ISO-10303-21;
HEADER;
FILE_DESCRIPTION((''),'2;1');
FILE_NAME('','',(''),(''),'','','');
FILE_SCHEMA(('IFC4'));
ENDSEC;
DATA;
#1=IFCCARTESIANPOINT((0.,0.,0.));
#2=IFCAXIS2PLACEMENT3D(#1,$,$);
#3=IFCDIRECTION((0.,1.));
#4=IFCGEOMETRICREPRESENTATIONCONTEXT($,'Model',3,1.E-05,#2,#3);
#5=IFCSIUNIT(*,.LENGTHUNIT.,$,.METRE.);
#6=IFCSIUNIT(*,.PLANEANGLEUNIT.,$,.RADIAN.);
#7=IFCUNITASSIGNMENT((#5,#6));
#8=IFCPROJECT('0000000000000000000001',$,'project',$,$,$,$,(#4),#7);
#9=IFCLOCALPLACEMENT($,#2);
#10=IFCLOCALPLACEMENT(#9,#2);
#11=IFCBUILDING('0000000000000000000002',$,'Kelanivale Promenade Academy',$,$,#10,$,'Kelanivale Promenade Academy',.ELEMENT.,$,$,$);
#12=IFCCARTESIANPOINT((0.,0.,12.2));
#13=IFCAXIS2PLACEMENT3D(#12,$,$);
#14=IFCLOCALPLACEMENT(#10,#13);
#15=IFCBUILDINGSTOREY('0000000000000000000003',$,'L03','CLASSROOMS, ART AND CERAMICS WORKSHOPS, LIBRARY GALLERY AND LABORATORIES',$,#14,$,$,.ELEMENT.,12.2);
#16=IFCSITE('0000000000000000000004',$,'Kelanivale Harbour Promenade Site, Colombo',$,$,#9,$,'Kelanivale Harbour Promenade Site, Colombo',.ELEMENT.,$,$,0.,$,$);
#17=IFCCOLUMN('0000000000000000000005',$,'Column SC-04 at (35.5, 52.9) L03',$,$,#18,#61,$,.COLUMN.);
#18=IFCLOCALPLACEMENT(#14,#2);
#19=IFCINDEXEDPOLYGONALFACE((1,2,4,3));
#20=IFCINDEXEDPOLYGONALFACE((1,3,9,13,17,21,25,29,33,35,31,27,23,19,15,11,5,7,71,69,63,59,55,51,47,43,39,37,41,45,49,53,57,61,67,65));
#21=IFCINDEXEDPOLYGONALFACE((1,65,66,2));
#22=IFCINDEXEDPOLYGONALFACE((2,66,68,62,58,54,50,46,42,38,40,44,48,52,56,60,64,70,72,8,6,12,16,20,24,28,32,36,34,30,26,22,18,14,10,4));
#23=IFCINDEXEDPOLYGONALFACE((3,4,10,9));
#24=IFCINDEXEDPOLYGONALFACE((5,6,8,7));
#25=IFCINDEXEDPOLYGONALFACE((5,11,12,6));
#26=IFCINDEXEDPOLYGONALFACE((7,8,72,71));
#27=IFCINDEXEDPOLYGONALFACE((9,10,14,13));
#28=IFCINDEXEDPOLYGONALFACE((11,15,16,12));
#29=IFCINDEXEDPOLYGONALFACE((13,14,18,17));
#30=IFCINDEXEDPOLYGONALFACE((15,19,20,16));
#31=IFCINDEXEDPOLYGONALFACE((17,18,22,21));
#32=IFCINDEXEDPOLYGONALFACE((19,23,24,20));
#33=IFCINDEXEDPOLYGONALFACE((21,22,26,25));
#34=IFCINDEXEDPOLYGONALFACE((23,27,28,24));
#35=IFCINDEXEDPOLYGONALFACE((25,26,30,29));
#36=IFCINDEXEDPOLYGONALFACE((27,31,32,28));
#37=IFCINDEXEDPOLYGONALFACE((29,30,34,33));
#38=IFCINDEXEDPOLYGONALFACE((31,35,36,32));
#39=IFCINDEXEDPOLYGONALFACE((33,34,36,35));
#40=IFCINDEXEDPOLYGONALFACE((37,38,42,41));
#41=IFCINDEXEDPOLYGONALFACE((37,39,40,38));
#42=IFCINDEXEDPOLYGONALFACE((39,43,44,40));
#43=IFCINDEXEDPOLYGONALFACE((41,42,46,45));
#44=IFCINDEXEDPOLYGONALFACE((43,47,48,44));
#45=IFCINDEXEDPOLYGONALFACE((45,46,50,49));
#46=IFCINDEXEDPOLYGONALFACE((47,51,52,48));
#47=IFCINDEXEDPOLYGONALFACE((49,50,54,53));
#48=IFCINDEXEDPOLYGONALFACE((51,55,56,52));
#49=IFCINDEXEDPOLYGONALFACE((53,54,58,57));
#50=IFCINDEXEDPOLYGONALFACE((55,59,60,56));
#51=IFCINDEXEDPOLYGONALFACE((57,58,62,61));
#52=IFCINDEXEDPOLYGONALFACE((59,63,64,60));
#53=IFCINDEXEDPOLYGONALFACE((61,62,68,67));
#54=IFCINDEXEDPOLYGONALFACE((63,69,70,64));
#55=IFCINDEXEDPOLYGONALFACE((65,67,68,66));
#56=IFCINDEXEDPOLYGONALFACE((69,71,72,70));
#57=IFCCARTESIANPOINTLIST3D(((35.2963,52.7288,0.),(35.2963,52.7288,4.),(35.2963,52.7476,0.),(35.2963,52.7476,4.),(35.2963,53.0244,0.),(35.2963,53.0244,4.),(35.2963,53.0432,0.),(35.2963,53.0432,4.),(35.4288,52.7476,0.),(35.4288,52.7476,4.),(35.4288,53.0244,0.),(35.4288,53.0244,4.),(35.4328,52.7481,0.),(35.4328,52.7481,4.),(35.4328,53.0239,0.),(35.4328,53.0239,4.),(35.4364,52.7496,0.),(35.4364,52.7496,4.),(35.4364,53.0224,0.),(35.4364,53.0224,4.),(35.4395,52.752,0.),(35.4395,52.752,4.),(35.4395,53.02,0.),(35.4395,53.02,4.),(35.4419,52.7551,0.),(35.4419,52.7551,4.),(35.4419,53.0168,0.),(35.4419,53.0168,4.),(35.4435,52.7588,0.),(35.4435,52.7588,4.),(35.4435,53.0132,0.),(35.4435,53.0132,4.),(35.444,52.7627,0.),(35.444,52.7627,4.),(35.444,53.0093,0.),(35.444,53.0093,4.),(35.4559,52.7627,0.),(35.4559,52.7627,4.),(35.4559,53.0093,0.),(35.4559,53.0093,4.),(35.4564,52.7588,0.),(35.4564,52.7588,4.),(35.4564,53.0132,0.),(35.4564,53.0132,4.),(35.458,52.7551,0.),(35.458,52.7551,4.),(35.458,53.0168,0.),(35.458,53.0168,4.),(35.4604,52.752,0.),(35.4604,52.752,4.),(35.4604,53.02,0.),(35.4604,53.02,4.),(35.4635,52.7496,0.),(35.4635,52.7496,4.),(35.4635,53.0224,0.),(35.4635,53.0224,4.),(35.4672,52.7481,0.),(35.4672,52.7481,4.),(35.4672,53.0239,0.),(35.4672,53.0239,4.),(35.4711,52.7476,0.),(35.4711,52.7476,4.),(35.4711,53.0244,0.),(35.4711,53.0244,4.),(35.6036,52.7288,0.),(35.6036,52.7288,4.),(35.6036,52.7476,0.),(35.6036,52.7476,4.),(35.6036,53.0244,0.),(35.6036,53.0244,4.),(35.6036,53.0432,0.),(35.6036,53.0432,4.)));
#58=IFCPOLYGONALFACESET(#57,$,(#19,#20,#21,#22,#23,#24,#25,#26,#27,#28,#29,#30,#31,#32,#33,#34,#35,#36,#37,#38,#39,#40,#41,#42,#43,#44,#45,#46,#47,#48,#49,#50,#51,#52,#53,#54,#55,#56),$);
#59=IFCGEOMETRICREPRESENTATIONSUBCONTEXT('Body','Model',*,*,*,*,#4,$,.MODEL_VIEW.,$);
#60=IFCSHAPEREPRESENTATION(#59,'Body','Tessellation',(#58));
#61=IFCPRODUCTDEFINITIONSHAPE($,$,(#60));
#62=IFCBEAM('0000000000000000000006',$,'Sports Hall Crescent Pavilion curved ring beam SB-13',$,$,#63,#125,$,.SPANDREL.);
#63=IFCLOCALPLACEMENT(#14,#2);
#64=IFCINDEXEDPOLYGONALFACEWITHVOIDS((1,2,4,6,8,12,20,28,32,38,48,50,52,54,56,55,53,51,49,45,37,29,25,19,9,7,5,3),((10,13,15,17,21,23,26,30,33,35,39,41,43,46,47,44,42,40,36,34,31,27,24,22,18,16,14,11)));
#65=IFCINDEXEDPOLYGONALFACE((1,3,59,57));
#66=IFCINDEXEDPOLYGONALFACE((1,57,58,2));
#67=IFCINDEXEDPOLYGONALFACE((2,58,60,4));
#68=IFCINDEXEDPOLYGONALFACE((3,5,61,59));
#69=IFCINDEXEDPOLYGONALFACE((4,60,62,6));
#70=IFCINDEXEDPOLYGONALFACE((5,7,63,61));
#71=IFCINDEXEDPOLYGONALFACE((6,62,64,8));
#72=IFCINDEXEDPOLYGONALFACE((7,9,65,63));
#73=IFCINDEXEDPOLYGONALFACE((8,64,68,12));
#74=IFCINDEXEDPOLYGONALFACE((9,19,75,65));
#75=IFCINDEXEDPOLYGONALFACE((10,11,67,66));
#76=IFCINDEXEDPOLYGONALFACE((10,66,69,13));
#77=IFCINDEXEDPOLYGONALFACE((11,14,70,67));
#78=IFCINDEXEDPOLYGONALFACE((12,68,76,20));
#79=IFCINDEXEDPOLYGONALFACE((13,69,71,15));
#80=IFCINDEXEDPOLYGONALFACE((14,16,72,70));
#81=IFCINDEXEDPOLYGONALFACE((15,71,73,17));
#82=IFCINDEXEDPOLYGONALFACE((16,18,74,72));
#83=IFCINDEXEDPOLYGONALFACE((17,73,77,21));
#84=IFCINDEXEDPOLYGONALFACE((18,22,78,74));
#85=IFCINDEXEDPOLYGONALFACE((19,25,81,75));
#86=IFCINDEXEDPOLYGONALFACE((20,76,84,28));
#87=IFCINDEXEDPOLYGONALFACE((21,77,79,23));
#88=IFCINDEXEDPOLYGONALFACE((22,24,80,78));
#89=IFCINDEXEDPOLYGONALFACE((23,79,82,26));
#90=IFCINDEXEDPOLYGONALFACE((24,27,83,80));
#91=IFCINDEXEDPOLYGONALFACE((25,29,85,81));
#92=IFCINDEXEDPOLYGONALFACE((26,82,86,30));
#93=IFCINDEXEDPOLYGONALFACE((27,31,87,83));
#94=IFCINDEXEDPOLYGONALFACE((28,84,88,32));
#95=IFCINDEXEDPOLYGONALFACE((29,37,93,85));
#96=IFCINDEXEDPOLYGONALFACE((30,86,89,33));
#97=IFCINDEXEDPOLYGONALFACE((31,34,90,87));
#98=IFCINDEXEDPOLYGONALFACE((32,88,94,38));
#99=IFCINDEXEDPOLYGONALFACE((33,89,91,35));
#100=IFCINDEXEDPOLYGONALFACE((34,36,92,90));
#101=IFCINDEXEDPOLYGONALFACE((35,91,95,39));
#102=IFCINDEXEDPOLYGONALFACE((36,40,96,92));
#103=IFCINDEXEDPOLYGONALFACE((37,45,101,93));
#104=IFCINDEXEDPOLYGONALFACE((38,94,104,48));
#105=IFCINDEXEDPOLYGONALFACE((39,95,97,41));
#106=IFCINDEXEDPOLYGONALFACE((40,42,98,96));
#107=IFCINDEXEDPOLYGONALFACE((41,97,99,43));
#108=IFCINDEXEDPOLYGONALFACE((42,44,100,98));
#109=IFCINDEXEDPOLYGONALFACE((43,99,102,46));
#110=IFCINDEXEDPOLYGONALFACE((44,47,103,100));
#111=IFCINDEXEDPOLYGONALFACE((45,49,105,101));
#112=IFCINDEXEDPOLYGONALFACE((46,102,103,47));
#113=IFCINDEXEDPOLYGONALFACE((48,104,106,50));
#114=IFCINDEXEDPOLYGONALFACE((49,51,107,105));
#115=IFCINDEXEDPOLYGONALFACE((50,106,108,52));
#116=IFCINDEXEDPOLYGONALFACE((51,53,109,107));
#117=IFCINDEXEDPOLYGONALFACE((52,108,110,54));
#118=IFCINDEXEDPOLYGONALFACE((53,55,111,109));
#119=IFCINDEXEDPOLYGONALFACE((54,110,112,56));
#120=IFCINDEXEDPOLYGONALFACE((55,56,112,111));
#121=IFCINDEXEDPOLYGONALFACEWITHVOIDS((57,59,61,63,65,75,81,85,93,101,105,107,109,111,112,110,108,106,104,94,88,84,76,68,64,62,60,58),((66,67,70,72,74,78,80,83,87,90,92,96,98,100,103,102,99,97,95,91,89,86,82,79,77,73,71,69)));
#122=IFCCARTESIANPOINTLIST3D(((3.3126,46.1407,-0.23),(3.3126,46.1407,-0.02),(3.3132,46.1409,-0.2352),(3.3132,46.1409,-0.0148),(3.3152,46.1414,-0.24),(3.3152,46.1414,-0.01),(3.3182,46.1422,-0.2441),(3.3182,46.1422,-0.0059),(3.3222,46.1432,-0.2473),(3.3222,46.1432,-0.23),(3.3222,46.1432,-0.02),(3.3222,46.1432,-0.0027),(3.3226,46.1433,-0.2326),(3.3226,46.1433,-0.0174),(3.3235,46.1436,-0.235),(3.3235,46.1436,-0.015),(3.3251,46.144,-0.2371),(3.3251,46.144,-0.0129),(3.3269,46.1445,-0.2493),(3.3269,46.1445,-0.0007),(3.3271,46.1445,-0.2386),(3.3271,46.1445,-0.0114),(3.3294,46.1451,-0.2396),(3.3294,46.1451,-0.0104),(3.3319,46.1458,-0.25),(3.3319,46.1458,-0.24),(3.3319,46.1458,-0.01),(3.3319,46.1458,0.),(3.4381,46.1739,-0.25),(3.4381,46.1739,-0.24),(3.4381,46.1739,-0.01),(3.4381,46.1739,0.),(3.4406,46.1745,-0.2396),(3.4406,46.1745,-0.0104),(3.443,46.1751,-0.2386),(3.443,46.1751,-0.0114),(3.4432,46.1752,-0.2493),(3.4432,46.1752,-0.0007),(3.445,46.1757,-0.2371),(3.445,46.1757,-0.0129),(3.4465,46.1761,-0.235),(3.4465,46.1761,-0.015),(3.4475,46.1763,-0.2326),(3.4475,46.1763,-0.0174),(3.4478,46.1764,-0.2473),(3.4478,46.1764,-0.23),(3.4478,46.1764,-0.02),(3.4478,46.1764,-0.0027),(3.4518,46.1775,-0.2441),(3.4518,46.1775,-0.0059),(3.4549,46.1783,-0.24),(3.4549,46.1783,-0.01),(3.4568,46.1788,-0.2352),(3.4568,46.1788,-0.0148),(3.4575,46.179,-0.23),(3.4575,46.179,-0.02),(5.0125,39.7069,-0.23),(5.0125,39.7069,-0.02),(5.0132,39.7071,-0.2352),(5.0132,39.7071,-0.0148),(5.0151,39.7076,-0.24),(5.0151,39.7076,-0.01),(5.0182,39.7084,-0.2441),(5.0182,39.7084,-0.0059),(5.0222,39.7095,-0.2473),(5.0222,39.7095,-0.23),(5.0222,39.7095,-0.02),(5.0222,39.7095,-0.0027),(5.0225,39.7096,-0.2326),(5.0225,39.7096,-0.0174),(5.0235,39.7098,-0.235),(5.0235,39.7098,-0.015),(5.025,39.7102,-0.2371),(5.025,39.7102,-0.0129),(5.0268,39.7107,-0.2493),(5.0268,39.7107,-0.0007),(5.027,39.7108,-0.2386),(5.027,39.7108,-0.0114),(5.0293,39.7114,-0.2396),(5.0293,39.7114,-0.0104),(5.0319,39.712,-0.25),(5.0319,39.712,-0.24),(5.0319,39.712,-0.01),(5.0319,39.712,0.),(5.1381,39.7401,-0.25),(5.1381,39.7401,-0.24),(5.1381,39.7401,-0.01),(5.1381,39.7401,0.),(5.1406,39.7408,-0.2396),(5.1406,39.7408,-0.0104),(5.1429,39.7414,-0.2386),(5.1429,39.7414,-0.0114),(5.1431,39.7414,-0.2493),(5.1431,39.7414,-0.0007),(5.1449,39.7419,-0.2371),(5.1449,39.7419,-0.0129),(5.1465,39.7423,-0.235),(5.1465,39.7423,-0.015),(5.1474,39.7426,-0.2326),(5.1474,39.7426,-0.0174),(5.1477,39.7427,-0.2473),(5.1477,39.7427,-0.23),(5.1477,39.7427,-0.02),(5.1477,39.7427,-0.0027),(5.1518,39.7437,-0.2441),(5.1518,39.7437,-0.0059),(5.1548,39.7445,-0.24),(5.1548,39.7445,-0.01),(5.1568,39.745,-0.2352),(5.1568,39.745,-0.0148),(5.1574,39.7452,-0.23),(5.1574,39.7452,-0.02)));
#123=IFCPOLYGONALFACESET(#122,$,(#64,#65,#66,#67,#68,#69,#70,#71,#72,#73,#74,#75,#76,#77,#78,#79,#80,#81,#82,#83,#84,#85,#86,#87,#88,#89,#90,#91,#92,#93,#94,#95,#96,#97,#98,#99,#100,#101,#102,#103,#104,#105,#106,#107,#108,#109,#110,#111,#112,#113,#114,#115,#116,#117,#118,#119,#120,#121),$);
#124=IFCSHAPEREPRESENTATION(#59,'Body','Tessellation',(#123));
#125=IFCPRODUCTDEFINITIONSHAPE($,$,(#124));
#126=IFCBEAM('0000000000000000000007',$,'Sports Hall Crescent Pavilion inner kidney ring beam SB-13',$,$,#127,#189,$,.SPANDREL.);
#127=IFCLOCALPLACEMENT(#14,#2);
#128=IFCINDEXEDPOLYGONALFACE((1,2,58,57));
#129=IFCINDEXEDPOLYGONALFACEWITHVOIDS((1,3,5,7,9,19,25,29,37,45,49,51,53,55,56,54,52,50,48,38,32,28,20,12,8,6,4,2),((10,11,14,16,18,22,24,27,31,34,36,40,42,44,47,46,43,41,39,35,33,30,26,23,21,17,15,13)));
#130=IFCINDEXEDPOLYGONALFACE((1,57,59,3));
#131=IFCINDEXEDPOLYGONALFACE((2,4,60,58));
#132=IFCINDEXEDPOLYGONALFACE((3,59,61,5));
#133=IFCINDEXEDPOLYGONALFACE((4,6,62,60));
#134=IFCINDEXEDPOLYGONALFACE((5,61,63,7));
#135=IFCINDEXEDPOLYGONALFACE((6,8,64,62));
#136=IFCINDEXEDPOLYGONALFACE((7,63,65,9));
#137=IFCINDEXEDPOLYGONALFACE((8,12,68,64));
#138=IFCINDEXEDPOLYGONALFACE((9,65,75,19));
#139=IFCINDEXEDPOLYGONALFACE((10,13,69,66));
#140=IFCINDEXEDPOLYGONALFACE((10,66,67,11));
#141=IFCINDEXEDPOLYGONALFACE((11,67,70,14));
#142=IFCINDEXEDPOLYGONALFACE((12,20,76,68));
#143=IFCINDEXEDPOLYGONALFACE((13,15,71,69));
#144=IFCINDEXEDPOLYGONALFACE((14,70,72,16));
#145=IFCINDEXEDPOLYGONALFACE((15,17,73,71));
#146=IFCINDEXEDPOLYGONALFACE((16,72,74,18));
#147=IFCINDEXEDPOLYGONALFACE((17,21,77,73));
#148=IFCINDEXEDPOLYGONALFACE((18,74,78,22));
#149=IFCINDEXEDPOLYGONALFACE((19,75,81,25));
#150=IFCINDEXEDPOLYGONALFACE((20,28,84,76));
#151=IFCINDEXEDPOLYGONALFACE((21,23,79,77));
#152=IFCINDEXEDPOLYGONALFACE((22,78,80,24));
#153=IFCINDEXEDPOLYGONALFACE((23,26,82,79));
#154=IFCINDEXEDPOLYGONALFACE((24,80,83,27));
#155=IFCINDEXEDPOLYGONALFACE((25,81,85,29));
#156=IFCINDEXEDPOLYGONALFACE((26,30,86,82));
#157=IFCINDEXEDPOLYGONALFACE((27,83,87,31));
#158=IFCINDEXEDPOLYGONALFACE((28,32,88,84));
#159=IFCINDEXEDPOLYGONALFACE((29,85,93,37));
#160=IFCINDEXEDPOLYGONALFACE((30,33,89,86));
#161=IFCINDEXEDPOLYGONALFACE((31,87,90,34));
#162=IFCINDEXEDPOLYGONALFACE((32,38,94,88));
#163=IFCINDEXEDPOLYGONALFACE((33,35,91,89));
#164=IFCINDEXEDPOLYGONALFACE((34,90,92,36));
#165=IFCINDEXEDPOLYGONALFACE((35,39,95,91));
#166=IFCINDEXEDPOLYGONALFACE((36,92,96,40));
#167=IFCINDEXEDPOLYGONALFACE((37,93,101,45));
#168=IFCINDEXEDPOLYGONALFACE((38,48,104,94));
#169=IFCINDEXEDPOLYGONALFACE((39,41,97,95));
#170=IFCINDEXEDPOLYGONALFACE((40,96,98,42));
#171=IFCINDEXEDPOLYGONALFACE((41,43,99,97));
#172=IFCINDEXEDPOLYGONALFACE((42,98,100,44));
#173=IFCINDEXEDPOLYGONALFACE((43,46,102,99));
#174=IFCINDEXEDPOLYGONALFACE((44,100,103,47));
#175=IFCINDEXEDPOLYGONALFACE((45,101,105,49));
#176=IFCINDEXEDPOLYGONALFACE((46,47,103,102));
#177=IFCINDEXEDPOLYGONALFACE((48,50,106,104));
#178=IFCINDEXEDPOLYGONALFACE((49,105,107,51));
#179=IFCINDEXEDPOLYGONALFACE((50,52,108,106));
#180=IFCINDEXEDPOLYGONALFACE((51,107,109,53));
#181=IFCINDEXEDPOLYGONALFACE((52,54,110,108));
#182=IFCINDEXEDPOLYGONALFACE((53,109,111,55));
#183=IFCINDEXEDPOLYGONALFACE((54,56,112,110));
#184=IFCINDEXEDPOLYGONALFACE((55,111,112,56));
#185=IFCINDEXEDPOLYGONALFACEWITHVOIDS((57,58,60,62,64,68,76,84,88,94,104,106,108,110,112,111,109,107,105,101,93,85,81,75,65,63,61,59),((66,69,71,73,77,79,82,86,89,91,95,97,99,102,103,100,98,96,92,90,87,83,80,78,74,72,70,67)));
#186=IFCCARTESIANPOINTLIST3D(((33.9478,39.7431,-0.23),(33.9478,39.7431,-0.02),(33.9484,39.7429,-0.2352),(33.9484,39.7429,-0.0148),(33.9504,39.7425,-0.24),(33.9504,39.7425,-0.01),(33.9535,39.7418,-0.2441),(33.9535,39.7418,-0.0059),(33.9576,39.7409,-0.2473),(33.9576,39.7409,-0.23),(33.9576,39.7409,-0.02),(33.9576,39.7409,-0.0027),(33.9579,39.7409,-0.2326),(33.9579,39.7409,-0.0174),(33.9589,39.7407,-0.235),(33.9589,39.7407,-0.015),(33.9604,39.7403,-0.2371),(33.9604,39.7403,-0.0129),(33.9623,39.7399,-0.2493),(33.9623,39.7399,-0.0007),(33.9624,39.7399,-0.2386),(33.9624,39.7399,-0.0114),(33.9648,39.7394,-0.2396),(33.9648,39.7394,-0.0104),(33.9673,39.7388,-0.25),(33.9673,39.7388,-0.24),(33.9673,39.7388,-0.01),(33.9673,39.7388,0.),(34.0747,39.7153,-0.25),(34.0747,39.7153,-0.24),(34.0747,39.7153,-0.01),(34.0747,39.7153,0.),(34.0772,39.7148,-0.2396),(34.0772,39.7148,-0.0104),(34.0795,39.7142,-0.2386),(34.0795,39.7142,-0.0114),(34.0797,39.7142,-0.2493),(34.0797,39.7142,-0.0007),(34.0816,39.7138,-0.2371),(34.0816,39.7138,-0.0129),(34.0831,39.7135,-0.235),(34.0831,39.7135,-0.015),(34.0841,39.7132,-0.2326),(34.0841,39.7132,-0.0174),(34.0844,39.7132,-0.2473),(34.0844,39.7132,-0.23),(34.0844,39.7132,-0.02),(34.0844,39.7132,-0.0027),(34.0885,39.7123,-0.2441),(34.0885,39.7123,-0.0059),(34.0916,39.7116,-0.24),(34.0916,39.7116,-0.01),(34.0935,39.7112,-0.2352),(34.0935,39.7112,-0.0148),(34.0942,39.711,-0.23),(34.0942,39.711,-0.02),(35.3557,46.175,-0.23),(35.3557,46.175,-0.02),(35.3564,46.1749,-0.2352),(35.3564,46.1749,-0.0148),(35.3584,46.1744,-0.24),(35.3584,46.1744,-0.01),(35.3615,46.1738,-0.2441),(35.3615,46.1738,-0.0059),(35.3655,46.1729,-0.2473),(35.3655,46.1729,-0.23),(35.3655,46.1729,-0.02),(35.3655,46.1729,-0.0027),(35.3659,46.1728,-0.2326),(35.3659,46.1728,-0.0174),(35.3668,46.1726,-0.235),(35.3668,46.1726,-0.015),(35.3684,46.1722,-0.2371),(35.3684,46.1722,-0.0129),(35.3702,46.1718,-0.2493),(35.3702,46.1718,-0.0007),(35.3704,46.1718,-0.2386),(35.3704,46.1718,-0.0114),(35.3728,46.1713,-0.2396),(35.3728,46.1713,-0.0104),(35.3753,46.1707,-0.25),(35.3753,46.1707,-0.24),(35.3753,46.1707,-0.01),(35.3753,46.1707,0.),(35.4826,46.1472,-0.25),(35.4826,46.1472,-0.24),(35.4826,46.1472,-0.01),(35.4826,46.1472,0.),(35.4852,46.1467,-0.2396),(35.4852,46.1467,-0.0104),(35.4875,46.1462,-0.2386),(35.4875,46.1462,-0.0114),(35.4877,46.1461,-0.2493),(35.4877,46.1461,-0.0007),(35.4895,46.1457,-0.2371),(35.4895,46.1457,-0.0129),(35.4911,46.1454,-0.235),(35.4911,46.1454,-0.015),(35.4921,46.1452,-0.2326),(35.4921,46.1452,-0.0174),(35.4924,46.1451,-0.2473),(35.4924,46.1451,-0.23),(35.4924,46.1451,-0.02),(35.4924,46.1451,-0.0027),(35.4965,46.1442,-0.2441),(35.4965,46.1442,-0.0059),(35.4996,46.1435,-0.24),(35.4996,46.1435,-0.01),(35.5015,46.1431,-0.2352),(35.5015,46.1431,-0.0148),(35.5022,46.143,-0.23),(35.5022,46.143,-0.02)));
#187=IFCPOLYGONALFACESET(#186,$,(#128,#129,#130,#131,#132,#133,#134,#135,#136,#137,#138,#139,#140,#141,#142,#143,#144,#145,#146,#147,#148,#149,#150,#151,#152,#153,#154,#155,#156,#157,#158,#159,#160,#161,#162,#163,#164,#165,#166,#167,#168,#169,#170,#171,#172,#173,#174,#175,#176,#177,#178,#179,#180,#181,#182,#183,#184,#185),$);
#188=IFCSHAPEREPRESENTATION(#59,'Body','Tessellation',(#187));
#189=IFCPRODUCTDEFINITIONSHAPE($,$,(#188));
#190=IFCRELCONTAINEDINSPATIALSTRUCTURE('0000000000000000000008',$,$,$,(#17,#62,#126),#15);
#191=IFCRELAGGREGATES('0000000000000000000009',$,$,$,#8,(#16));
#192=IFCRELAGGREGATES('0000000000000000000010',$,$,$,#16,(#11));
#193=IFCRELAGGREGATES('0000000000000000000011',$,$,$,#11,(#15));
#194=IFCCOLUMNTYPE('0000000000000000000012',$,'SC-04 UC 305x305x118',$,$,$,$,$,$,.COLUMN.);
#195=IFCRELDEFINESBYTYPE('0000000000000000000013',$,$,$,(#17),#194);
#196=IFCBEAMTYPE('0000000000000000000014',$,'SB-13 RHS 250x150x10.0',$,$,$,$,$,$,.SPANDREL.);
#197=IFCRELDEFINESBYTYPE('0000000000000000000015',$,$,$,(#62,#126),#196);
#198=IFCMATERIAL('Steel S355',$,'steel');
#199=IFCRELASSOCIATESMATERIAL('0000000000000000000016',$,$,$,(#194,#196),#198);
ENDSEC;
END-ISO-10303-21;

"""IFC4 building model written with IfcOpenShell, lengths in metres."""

from ifc_helpers import new_model, si_unit, direction, frame, origin, origin_2d, place, context, subcontext, project, spatial, hollow_rectangle, i_section, extrude, material, material_profile, profile_set, type_object, element, save


model = new_model("IFC4")

# Units and contexts
model_context = context("Model", 3, precision=1e-05, world=origin(), true_north=direction((0.0, 1.0)))
body_context = subcontext(model_context, "Body", "Model", "MODEL_VIEW")
ifc_project = project(units=[si_unit("LENGTHUNIT", "METRE"), si_unit("PLANEANGLEUNIT", "RADIAN")], contexts=[model_context])

# Site, building, storey
site_placement = place(None, origin())
site = spatial("IfcSite", under=ifc_project, at=site_placement, Name="Kelanivale Harbour Promenade Site, Colombo", LongName="Kelanivale Harbour Promenade Site, Colombo", CompositionType="ELEMENT", RefElevation=0.0)
building_placement = place(site_placement, origin())
building = spatial("IfcBuilding", under=site, at=building_placement, Name="Kelanivale Promenade Academy", LongName="Kelanivale Promenade Academy", CompositionType="ELEMENT")
storey_placement = place(building_placement, frame((0.0, 0.0, 12.2)))
storey = spatial("IfcBuildingStorey", under=building, at=storey_placement, Name="L03", Description="CLASSROOMS, ART AND CERAMICS WORKSHOPS, LIBRARY GALLERY AND LABORATORIES", CompositionType="ELEMENT", Elevation=12.2)

# Column
ifc_material_1 = material(Name="Steel S355", Category="steel")
ifc_material_profile_1 = material_profile(ifc_material_1, i_section(OverallWidth=0.3074, OverallDepth=0.3145, WebThickness=0.012, FlangeThickness=0.0188, FilletRadius=0.0151, at=origin_2d()), Name="UC 305x305x118")
ifc_profile_set_1 = profile_set([ifc_material_profile_1], Name="Steel S355")
column_type_1 = type_object("IfcColumnType", Name="SC-04 UC 305x305x118", PredefinedType="COLUMN", material=ifc_profile_set_1)
for number, where, z_axis, x_axis, name in (
    (1, (35.45, 52.886, 0.0), (0.0, 0.0, 1.0), (1.0, 0.0, 0.0), "Column SC-04 at (35.5, 52.9) L03"),
):
    element("IfcColumn", number, at=place(storey_placement, frame(where, z_axis=z_axis, x_axis=x_axis)), inside=storey, type_object=column_type_1, Name=name, PredefinedType="COLUMN", context=body_context, shape_type="SweptSolid", body=[
        extrude(i_section(OverallWidth=0.3074, OverallDepth=0.3145, WebThickness=0.012, FlangeThickness=0.0188, FilletRadius=0.0151, at=origin_2d()), origin(), (0.0, 0.0, 1.0), 4.0),
    ])

# Beams
ifc_material_profile_2 = material_profile(ifc_material_1, hollow_rectangle(XDim=0.1499, YDim=0.25, WallThickness=0.01, InnerFilletRadius=0.01, OuterFilletRadius=0.02, at=origin_2d()), Name="RHS 250x150x10.0")
ifc_profile_set_2 = profile_set([ifc_material_profile_2], Name="Steel S355")
beam_type = type_object("IfcBeamType", Name="SB-13 RHS 250x150x10.0", PredefinedType="SPANDREL", material=ifc_profile_set_2)
beam_1_placement = place(storey_placement, frame((5.085, 39.7261, -0.125), z_axis=(-0.255454, 0.966821, 0.0), x_axis=(-0.966821, -0.255454, 0.0)))
element("IfcBeam", 2, at=beam_1_placement, inside=storey, type_object=beam_type, Name="Sports Hall Crescent Pavilion curved ring beam SB-13", PredefinedType="SPANDREL", context=body_context, shape_type="SweptSolid", body=[
    extrude(hollow_rectangle(XDim=0.1499, YDim=0.25, WallThickness=0.01, InnerFilletRadius=0.01, OuterFilletRadius=0.02, at=origin_2d()), origin(), (0.0, 0.0, 1.0), 6.6545),
])
beam_2_placement = place(storey_placement, frame((34.021, 39.7271, -0.125), z_axis=(0.21384, 0.976869, 0.0), x_axis=(-0.976869, 0.21384, 0.0)))
element("IfcBeam", 3, at=beam_2_placement, inside=storey, type_object=beam_type, Name="Sports Hall Crescent Pavilion inner kidney ring beam SB-13", PredefinedType="SPANDREL", context=body_context, shape_type="SweptSolid", body=[
    extrude(hollow_rectangle(XDim=0.1499, YDim=0.25, WallThickness=0.01, InnerFilletRadius=0.01, OuterFilletRadius=0.02, at=origin_2d()), origin(), (0.0, 0.0, 1.0), 6.5842),
])

save(model, "model.ifc")
